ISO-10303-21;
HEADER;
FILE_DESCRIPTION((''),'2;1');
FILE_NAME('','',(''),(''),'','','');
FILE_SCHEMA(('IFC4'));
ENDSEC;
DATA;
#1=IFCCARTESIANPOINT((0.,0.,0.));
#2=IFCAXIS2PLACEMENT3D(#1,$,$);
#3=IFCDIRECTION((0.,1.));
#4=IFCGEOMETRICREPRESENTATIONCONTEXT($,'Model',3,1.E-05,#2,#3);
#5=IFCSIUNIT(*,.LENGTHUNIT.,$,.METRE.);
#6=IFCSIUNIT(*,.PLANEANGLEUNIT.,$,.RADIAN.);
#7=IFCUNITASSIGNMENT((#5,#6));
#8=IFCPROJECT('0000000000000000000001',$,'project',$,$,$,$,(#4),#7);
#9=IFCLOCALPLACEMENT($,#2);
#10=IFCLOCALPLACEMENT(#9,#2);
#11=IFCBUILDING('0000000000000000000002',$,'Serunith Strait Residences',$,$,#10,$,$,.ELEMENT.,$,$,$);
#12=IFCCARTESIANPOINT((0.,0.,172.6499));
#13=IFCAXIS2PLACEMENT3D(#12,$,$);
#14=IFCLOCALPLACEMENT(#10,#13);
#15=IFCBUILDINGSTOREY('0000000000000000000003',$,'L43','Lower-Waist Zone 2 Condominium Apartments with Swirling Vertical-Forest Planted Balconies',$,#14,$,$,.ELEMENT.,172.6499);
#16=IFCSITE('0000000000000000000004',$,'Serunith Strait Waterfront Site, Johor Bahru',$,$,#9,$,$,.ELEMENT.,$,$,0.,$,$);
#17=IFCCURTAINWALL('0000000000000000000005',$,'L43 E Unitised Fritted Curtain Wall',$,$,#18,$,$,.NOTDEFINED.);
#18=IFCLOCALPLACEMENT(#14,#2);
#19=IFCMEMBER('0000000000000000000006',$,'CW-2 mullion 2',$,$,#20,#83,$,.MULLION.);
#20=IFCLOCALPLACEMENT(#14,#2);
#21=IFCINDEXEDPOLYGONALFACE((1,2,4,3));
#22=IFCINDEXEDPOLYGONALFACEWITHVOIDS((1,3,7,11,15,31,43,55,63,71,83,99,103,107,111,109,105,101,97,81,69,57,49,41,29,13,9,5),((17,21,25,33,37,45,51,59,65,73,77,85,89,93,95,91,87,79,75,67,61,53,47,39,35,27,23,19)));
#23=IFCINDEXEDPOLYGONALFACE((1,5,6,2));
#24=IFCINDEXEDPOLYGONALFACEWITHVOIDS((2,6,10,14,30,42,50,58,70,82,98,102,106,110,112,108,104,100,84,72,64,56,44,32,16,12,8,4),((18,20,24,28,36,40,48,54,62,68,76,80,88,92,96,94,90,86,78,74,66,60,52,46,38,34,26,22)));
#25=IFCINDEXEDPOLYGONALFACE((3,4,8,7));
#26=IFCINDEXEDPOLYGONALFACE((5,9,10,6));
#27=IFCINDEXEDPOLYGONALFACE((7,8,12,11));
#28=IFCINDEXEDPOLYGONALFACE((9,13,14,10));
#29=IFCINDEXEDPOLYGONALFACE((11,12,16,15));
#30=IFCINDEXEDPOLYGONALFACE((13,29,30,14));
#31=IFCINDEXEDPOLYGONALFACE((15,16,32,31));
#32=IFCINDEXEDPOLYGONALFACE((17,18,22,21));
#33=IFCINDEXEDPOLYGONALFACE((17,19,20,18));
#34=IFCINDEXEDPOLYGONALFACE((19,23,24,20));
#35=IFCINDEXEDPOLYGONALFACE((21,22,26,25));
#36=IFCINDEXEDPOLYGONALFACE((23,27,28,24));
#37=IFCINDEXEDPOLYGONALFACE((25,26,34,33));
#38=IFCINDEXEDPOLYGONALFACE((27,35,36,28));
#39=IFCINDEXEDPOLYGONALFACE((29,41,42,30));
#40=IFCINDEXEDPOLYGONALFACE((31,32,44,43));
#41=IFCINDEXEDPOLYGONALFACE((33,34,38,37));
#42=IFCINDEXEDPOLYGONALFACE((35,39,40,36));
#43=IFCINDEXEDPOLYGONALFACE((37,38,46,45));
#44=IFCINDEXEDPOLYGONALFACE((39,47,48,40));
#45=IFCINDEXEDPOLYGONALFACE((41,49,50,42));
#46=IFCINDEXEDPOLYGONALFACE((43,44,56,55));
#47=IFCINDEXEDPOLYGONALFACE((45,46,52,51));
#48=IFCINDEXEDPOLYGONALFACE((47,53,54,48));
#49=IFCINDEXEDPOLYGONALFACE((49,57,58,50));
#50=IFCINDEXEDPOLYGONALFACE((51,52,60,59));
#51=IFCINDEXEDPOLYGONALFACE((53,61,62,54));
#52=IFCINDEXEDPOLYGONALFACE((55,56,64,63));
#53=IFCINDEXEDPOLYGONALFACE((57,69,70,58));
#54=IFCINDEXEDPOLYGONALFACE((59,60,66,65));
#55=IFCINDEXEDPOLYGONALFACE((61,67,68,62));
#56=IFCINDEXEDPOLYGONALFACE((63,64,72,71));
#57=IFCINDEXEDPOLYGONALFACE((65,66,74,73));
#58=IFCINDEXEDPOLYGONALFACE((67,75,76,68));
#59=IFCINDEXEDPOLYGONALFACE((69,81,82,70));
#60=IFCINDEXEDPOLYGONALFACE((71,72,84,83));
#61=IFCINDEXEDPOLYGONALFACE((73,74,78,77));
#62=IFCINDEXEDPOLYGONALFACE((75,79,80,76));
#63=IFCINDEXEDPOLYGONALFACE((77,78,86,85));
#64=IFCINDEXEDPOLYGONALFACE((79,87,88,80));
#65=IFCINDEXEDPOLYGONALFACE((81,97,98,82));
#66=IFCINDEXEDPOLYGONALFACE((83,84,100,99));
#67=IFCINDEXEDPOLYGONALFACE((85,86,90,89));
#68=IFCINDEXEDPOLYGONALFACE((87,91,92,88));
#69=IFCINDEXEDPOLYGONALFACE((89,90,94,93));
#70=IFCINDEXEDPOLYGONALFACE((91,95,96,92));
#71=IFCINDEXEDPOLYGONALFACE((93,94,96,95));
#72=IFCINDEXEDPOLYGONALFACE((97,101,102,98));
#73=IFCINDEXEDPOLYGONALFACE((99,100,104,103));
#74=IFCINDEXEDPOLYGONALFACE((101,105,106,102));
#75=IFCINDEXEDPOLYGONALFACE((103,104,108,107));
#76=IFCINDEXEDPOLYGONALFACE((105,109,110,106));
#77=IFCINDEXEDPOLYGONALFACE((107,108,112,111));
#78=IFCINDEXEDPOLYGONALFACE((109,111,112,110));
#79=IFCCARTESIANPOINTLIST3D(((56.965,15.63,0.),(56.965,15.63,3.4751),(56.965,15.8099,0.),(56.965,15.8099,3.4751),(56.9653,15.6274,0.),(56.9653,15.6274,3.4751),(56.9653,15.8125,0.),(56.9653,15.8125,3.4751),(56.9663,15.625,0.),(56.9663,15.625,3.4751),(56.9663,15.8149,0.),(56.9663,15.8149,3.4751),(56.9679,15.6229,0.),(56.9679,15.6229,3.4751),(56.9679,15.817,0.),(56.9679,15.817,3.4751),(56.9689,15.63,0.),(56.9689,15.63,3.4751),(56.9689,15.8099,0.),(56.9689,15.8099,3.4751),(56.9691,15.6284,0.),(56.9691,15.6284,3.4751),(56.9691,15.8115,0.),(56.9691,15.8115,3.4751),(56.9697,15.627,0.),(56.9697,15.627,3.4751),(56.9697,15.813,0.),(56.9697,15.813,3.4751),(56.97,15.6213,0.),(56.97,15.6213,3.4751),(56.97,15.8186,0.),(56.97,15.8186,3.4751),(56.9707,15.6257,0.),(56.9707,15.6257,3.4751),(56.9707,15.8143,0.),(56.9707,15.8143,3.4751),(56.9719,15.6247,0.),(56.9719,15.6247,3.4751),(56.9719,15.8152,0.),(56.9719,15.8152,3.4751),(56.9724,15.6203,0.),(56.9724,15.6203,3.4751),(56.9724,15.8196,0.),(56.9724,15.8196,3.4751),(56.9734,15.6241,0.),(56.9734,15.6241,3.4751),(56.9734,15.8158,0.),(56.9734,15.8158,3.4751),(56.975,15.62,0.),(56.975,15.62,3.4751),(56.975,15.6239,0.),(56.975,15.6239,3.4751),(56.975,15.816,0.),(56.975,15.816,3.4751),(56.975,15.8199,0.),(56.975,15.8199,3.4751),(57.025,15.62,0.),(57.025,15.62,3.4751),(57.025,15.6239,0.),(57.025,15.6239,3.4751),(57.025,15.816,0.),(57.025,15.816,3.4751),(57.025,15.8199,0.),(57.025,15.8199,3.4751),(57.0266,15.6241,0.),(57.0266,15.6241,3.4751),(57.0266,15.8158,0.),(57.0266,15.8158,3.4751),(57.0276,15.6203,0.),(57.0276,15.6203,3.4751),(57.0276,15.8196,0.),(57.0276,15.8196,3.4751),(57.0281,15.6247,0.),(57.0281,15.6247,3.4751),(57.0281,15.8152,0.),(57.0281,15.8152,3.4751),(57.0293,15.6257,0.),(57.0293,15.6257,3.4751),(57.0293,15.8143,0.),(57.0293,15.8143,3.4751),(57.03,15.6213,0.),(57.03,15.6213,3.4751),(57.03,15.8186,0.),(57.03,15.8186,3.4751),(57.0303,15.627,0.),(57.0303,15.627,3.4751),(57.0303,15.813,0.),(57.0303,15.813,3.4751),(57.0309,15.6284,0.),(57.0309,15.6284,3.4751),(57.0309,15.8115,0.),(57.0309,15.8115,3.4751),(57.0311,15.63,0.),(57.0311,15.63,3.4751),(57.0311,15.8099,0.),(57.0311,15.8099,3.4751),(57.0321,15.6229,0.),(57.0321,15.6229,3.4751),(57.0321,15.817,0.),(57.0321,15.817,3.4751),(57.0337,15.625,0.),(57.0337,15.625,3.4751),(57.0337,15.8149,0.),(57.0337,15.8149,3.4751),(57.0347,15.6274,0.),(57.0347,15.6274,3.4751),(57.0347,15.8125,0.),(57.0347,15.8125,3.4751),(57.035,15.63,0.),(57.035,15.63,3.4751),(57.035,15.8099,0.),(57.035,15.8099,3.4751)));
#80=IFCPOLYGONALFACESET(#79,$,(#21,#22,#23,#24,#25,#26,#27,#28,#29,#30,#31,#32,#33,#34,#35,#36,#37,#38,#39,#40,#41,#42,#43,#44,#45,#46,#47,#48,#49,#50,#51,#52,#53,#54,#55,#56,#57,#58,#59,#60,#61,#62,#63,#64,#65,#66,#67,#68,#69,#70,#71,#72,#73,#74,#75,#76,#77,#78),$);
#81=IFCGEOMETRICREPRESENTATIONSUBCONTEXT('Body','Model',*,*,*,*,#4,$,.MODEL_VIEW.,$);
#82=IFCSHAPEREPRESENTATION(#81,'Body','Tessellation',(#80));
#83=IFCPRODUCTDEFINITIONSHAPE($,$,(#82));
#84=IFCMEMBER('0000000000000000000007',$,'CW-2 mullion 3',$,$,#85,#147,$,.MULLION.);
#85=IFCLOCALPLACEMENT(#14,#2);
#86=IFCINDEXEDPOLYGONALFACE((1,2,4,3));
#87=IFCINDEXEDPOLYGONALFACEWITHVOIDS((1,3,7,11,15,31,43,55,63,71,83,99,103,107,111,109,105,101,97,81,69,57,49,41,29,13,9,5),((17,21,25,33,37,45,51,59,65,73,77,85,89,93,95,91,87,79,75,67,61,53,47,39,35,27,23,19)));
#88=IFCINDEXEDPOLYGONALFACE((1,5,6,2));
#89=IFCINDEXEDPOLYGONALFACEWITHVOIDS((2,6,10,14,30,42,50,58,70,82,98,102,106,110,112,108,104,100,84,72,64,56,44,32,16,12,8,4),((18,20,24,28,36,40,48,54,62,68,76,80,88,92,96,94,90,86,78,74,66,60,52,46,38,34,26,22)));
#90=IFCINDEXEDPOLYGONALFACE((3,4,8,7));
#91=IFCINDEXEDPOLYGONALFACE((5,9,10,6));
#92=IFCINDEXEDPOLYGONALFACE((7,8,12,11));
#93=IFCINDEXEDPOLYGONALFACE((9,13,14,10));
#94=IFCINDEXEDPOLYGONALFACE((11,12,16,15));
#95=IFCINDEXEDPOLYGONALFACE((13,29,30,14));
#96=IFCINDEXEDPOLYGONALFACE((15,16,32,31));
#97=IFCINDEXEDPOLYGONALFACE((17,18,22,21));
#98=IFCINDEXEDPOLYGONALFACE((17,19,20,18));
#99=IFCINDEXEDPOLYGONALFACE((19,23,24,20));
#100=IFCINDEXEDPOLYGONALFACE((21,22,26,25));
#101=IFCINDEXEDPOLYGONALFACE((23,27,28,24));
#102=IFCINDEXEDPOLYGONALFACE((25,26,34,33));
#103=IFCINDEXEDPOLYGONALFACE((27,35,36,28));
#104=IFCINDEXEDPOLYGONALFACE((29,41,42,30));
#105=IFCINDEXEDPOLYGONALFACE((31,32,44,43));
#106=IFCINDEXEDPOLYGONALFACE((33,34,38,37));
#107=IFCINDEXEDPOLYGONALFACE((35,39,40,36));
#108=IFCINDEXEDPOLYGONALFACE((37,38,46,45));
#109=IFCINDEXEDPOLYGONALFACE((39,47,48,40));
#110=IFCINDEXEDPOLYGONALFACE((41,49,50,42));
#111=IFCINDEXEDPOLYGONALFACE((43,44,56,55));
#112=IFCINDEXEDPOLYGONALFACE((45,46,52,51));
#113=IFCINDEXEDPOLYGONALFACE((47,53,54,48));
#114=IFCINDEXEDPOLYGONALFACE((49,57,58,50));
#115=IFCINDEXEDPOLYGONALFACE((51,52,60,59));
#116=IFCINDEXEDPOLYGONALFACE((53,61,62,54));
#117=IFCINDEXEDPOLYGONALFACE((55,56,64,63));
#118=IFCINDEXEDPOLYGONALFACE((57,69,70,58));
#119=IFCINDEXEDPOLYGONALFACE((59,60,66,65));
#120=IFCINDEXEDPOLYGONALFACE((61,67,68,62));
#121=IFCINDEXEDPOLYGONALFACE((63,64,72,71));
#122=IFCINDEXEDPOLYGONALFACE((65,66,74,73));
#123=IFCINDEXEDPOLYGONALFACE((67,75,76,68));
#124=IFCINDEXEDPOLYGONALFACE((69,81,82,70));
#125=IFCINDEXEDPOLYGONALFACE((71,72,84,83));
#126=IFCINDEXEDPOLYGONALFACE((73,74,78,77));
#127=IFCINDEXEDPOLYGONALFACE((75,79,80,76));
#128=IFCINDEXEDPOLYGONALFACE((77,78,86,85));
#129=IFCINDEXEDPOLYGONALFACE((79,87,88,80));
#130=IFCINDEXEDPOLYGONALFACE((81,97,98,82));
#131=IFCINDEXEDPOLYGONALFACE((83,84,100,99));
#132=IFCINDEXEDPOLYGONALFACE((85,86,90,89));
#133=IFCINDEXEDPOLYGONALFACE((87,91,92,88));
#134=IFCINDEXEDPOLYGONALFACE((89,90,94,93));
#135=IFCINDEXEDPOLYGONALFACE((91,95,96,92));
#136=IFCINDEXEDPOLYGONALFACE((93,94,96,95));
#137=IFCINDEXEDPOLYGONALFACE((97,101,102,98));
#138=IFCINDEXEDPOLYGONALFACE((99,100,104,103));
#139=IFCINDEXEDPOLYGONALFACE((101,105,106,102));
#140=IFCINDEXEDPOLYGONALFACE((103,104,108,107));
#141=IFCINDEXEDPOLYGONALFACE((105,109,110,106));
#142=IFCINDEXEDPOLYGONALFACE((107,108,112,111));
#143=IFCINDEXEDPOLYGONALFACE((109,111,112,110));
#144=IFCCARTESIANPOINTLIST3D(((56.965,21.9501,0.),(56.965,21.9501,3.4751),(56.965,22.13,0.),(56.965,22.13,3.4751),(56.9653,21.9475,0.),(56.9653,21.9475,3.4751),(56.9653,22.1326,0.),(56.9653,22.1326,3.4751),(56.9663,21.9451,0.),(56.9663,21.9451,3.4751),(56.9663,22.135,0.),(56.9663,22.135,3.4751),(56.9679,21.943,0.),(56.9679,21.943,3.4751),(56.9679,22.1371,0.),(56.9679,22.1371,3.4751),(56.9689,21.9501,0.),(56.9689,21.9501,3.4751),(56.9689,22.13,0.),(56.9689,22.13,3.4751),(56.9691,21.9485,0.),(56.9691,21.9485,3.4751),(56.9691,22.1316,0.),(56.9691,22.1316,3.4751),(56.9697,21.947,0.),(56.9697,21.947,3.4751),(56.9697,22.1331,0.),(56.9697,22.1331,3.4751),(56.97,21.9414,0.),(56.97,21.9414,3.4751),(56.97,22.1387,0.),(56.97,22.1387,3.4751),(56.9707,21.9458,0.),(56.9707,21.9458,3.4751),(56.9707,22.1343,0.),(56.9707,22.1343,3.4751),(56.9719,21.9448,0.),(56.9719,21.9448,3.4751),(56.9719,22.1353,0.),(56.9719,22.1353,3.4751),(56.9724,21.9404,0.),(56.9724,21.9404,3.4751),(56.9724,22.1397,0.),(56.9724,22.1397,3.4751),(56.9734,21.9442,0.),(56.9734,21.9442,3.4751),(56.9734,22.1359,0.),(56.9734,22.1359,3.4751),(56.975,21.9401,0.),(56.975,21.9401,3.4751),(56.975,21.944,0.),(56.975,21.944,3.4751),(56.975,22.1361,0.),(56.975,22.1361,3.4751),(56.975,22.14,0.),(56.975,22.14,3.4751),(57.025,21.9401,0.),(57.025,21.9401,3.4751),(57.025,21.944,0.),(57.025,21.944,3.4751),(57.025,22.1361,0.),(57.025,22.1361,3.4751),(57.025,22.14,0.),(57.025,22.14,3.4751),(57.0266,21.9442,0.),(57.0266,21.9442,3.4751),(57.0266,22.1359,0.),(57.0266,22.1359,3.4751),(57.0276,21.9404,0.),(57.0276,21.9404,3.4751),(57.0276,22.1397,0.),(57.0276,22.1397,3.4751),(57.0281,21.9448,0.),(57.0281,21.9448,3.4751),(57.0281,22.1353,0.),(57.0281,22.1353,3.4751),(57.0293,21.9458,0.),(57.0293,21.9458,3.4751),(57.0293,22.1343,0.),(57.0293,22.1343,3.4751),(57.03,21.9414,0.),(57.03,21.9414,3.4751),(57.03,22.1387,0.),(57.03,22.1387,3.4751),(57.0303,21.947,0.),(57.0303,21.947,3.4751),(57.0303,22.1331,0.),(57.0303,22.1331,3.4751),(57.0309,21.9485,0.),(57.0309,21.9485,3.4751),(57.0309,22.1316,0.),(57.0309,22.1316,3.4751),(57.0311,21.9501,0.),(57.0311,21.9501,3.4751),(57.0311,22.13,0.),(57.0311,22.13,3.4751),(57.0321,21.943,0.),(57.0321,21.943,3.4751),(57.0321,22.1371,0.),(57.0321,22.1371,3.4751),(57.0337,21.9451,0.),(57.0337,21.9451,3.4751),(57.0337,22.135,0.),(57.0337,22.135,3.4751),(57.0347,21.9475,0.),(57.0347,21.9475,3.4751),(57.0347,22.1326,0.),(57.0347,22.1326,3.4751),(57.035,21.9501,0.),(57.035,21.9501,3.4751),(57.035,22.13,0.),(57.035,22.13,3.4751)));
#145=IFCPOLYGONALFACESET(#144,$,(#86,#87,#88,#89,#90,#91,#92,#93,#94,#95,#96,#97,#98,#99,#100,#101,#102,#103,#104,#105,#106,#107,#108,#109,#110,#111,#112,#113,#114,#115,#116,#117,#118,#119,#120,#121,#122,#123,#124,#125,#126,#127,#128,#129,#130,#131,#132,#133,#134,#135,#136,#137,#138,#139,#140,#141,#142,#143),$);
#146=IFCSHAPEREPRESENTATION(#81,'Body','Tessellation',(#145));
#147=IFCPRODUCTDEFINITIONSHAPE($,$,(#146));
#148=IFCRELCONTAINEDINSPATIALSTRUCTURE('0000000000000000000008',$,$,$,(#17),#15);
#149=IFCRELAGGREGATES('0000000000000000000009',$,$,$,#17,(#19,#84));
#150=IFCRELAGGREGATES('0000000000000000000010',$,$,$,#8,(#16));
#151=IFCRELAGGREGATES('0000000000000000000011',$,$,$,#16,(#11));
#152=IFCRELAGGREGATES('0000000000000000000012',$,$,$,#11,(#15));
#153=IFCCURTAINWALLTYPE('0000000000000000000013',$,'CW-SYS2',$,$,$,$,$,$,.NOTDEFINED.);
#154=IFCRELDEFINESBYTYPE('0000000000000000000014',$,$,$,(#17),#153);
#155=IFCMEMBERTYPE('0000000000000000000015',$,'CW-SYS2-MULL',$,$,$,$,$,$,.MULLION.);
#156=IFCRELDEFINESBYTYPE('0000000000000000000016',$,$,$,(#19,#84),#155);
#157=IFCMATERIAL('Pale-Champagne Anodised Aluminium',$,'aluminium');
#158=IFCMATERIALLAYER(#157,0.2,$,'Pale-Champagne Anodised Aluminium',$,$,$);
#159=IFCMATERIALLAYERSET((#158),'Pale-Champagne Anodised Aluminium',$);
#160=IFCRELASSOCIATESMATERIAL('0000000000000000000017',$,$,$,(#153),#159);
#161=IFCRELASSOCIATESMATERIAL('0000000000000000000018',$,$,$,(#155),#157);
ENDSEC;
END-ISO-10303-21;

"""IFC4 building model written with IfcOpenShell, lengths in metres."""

from ifc_helpers import new_model, si_unit, direction, frame, origin, origin_2d, place, context, subcontext, project, spatial, hollow_rectangle, extrude, source, transform, mapped, material, layer, layer_set, material_profile, profile_set, type_object, element, aggregate, save


model = new_model("IFC4")

# Units and contexts
model_context = context("Model", 3, precision=1e-05, world=origin(), true_north=direction((0.0, 1.0)))
body_context = subcontext(model_context, "Body", "Model", "MODEL_VIEW")
ifc_project = project(units=[si_unit("LENGTHUNIT", "METRE"), si_unit("PLANEANGLEUNIT", "RADIAN")], contexts=[model_context])

# Site, building, storey
site_placement = place(None, origin())
site = spatial("IfcSite", under=ifc_project, at=site_placement, Name="Serunith Strait Waterfront Site, Johor Bahru", CompositionType="ELEMENT", RefElevation=0.0)
building_placement = place(site_placement, origin())
building = spatial("IfcBuilding", under=site, at=building_placement, Name="Serunith Strait Residences", CompositionType="ELEMENT")
storey_placement = place(building_placement, frame((0.0, 0.0, 172.6499)))
storey = spatial("IfcBuildingStorey", under=building, at=storey_placement, Name="L43", Description="Lower-Waist Zone 2 Condominium Apartments with Swirling Vertical-Forest Planted Balconies", CompositionType="ELEMENT", Elevation=172.6499)

# Curtain wall, members
ifc_material_1 = material(Name="Pale-Champagne Anodised Aluminium", Category="aluminium")
ifc_layer_1 = layer(ifc_material_1, 0.2, Name="Pale-Champagne Anodised Aluminium")
ifc_layer_set_1 = layer_set([ifc_layer_1], Name="Pale-Champagne Anodised Aluminium")
curtain_wall_type = type_object("IfcCurtainWallType", Name="CW-SYS2", PredefinedType="NOTDEFINED", material=ifc_layer_set_1)
curtain_wall_placement = place(storey_placement, origin())
curtain_wall = element("IfcCurtainWall", 1, at=curtain_wall_placement, inside=storey, type_object=curtain_wall_type, Name="L43 E Unitised Fritted Curtain Wall", PredefinedType="NOTDEFINED")
ifc_material_profile_1 = material_profile(ifc_material_1, hollow_rectangle(XDim=0.0701, YDim=0.2, WallThickness=0.0039, InnerFilletRadius=0.0061, OuterFilletRadius=0.01, at=origin_2d()), Name="ALU 200x70x4")
ifc_profile_set_1 = profile_set([ifc_material_profile_1], Name="Pale-Champagne Anodised Aluminium")
member_type_1 = type_object("IfcMemberType", Name="CW-SYS2-MULL", PredefinedType="MULLION", material=ifc_profile_set_1)
shared_shape_1 = source(origin(), body_context, "Body", "SweptSolid", [
    extrude(hollow_rectangle(XDim=0.0701, YDim=0.2, WallThickness=0.0039, InnerFilletRadius=0.0061, OuterFilletRadius=0.01, at=origin_2d()), origin(), (0.0, 0.0, 1.0), 3.4751),
])
member_1_placement = place(storey_placement, frame((57.0, 15.72, 0.0), z_axis=(0.0, 0.0, 1.0), x_axis=(-1.0, 0.0, 0.0)))
member_1 = element("IfcMember", 2, at=member_1_placement, type_object=member_type_1, Name="CW-2 mullion 2", PredefinedType="MULLION", context=body_context, shape_type="MappedRepresentation", body=[
    mapped(shared_shape_1, transform((0.0, 0.0, 0.0), scale=1.0)),
])
member_2_placement = place(storey_placement, frame((57.0, 22.04, 0.0), z_axis=(0.0, 0.0, 1.0), x_axis=(-1.0, 0.0, 0.0)))
member_2 = element("IfcMember", 3, at=member_2_placement, type_object=member_type_1, Name="CW-2 mullion 3", PredefinedType="MULLION", context=body_context, shape_type="MappedRepresentation", body=[
    mapped(shared_shape_1, transform((0.0, 0.0, 0.0), scale=1.0)),
])
aggregate(curtain_wall, [member_1, member_2])

save(model, "model.ifc")
